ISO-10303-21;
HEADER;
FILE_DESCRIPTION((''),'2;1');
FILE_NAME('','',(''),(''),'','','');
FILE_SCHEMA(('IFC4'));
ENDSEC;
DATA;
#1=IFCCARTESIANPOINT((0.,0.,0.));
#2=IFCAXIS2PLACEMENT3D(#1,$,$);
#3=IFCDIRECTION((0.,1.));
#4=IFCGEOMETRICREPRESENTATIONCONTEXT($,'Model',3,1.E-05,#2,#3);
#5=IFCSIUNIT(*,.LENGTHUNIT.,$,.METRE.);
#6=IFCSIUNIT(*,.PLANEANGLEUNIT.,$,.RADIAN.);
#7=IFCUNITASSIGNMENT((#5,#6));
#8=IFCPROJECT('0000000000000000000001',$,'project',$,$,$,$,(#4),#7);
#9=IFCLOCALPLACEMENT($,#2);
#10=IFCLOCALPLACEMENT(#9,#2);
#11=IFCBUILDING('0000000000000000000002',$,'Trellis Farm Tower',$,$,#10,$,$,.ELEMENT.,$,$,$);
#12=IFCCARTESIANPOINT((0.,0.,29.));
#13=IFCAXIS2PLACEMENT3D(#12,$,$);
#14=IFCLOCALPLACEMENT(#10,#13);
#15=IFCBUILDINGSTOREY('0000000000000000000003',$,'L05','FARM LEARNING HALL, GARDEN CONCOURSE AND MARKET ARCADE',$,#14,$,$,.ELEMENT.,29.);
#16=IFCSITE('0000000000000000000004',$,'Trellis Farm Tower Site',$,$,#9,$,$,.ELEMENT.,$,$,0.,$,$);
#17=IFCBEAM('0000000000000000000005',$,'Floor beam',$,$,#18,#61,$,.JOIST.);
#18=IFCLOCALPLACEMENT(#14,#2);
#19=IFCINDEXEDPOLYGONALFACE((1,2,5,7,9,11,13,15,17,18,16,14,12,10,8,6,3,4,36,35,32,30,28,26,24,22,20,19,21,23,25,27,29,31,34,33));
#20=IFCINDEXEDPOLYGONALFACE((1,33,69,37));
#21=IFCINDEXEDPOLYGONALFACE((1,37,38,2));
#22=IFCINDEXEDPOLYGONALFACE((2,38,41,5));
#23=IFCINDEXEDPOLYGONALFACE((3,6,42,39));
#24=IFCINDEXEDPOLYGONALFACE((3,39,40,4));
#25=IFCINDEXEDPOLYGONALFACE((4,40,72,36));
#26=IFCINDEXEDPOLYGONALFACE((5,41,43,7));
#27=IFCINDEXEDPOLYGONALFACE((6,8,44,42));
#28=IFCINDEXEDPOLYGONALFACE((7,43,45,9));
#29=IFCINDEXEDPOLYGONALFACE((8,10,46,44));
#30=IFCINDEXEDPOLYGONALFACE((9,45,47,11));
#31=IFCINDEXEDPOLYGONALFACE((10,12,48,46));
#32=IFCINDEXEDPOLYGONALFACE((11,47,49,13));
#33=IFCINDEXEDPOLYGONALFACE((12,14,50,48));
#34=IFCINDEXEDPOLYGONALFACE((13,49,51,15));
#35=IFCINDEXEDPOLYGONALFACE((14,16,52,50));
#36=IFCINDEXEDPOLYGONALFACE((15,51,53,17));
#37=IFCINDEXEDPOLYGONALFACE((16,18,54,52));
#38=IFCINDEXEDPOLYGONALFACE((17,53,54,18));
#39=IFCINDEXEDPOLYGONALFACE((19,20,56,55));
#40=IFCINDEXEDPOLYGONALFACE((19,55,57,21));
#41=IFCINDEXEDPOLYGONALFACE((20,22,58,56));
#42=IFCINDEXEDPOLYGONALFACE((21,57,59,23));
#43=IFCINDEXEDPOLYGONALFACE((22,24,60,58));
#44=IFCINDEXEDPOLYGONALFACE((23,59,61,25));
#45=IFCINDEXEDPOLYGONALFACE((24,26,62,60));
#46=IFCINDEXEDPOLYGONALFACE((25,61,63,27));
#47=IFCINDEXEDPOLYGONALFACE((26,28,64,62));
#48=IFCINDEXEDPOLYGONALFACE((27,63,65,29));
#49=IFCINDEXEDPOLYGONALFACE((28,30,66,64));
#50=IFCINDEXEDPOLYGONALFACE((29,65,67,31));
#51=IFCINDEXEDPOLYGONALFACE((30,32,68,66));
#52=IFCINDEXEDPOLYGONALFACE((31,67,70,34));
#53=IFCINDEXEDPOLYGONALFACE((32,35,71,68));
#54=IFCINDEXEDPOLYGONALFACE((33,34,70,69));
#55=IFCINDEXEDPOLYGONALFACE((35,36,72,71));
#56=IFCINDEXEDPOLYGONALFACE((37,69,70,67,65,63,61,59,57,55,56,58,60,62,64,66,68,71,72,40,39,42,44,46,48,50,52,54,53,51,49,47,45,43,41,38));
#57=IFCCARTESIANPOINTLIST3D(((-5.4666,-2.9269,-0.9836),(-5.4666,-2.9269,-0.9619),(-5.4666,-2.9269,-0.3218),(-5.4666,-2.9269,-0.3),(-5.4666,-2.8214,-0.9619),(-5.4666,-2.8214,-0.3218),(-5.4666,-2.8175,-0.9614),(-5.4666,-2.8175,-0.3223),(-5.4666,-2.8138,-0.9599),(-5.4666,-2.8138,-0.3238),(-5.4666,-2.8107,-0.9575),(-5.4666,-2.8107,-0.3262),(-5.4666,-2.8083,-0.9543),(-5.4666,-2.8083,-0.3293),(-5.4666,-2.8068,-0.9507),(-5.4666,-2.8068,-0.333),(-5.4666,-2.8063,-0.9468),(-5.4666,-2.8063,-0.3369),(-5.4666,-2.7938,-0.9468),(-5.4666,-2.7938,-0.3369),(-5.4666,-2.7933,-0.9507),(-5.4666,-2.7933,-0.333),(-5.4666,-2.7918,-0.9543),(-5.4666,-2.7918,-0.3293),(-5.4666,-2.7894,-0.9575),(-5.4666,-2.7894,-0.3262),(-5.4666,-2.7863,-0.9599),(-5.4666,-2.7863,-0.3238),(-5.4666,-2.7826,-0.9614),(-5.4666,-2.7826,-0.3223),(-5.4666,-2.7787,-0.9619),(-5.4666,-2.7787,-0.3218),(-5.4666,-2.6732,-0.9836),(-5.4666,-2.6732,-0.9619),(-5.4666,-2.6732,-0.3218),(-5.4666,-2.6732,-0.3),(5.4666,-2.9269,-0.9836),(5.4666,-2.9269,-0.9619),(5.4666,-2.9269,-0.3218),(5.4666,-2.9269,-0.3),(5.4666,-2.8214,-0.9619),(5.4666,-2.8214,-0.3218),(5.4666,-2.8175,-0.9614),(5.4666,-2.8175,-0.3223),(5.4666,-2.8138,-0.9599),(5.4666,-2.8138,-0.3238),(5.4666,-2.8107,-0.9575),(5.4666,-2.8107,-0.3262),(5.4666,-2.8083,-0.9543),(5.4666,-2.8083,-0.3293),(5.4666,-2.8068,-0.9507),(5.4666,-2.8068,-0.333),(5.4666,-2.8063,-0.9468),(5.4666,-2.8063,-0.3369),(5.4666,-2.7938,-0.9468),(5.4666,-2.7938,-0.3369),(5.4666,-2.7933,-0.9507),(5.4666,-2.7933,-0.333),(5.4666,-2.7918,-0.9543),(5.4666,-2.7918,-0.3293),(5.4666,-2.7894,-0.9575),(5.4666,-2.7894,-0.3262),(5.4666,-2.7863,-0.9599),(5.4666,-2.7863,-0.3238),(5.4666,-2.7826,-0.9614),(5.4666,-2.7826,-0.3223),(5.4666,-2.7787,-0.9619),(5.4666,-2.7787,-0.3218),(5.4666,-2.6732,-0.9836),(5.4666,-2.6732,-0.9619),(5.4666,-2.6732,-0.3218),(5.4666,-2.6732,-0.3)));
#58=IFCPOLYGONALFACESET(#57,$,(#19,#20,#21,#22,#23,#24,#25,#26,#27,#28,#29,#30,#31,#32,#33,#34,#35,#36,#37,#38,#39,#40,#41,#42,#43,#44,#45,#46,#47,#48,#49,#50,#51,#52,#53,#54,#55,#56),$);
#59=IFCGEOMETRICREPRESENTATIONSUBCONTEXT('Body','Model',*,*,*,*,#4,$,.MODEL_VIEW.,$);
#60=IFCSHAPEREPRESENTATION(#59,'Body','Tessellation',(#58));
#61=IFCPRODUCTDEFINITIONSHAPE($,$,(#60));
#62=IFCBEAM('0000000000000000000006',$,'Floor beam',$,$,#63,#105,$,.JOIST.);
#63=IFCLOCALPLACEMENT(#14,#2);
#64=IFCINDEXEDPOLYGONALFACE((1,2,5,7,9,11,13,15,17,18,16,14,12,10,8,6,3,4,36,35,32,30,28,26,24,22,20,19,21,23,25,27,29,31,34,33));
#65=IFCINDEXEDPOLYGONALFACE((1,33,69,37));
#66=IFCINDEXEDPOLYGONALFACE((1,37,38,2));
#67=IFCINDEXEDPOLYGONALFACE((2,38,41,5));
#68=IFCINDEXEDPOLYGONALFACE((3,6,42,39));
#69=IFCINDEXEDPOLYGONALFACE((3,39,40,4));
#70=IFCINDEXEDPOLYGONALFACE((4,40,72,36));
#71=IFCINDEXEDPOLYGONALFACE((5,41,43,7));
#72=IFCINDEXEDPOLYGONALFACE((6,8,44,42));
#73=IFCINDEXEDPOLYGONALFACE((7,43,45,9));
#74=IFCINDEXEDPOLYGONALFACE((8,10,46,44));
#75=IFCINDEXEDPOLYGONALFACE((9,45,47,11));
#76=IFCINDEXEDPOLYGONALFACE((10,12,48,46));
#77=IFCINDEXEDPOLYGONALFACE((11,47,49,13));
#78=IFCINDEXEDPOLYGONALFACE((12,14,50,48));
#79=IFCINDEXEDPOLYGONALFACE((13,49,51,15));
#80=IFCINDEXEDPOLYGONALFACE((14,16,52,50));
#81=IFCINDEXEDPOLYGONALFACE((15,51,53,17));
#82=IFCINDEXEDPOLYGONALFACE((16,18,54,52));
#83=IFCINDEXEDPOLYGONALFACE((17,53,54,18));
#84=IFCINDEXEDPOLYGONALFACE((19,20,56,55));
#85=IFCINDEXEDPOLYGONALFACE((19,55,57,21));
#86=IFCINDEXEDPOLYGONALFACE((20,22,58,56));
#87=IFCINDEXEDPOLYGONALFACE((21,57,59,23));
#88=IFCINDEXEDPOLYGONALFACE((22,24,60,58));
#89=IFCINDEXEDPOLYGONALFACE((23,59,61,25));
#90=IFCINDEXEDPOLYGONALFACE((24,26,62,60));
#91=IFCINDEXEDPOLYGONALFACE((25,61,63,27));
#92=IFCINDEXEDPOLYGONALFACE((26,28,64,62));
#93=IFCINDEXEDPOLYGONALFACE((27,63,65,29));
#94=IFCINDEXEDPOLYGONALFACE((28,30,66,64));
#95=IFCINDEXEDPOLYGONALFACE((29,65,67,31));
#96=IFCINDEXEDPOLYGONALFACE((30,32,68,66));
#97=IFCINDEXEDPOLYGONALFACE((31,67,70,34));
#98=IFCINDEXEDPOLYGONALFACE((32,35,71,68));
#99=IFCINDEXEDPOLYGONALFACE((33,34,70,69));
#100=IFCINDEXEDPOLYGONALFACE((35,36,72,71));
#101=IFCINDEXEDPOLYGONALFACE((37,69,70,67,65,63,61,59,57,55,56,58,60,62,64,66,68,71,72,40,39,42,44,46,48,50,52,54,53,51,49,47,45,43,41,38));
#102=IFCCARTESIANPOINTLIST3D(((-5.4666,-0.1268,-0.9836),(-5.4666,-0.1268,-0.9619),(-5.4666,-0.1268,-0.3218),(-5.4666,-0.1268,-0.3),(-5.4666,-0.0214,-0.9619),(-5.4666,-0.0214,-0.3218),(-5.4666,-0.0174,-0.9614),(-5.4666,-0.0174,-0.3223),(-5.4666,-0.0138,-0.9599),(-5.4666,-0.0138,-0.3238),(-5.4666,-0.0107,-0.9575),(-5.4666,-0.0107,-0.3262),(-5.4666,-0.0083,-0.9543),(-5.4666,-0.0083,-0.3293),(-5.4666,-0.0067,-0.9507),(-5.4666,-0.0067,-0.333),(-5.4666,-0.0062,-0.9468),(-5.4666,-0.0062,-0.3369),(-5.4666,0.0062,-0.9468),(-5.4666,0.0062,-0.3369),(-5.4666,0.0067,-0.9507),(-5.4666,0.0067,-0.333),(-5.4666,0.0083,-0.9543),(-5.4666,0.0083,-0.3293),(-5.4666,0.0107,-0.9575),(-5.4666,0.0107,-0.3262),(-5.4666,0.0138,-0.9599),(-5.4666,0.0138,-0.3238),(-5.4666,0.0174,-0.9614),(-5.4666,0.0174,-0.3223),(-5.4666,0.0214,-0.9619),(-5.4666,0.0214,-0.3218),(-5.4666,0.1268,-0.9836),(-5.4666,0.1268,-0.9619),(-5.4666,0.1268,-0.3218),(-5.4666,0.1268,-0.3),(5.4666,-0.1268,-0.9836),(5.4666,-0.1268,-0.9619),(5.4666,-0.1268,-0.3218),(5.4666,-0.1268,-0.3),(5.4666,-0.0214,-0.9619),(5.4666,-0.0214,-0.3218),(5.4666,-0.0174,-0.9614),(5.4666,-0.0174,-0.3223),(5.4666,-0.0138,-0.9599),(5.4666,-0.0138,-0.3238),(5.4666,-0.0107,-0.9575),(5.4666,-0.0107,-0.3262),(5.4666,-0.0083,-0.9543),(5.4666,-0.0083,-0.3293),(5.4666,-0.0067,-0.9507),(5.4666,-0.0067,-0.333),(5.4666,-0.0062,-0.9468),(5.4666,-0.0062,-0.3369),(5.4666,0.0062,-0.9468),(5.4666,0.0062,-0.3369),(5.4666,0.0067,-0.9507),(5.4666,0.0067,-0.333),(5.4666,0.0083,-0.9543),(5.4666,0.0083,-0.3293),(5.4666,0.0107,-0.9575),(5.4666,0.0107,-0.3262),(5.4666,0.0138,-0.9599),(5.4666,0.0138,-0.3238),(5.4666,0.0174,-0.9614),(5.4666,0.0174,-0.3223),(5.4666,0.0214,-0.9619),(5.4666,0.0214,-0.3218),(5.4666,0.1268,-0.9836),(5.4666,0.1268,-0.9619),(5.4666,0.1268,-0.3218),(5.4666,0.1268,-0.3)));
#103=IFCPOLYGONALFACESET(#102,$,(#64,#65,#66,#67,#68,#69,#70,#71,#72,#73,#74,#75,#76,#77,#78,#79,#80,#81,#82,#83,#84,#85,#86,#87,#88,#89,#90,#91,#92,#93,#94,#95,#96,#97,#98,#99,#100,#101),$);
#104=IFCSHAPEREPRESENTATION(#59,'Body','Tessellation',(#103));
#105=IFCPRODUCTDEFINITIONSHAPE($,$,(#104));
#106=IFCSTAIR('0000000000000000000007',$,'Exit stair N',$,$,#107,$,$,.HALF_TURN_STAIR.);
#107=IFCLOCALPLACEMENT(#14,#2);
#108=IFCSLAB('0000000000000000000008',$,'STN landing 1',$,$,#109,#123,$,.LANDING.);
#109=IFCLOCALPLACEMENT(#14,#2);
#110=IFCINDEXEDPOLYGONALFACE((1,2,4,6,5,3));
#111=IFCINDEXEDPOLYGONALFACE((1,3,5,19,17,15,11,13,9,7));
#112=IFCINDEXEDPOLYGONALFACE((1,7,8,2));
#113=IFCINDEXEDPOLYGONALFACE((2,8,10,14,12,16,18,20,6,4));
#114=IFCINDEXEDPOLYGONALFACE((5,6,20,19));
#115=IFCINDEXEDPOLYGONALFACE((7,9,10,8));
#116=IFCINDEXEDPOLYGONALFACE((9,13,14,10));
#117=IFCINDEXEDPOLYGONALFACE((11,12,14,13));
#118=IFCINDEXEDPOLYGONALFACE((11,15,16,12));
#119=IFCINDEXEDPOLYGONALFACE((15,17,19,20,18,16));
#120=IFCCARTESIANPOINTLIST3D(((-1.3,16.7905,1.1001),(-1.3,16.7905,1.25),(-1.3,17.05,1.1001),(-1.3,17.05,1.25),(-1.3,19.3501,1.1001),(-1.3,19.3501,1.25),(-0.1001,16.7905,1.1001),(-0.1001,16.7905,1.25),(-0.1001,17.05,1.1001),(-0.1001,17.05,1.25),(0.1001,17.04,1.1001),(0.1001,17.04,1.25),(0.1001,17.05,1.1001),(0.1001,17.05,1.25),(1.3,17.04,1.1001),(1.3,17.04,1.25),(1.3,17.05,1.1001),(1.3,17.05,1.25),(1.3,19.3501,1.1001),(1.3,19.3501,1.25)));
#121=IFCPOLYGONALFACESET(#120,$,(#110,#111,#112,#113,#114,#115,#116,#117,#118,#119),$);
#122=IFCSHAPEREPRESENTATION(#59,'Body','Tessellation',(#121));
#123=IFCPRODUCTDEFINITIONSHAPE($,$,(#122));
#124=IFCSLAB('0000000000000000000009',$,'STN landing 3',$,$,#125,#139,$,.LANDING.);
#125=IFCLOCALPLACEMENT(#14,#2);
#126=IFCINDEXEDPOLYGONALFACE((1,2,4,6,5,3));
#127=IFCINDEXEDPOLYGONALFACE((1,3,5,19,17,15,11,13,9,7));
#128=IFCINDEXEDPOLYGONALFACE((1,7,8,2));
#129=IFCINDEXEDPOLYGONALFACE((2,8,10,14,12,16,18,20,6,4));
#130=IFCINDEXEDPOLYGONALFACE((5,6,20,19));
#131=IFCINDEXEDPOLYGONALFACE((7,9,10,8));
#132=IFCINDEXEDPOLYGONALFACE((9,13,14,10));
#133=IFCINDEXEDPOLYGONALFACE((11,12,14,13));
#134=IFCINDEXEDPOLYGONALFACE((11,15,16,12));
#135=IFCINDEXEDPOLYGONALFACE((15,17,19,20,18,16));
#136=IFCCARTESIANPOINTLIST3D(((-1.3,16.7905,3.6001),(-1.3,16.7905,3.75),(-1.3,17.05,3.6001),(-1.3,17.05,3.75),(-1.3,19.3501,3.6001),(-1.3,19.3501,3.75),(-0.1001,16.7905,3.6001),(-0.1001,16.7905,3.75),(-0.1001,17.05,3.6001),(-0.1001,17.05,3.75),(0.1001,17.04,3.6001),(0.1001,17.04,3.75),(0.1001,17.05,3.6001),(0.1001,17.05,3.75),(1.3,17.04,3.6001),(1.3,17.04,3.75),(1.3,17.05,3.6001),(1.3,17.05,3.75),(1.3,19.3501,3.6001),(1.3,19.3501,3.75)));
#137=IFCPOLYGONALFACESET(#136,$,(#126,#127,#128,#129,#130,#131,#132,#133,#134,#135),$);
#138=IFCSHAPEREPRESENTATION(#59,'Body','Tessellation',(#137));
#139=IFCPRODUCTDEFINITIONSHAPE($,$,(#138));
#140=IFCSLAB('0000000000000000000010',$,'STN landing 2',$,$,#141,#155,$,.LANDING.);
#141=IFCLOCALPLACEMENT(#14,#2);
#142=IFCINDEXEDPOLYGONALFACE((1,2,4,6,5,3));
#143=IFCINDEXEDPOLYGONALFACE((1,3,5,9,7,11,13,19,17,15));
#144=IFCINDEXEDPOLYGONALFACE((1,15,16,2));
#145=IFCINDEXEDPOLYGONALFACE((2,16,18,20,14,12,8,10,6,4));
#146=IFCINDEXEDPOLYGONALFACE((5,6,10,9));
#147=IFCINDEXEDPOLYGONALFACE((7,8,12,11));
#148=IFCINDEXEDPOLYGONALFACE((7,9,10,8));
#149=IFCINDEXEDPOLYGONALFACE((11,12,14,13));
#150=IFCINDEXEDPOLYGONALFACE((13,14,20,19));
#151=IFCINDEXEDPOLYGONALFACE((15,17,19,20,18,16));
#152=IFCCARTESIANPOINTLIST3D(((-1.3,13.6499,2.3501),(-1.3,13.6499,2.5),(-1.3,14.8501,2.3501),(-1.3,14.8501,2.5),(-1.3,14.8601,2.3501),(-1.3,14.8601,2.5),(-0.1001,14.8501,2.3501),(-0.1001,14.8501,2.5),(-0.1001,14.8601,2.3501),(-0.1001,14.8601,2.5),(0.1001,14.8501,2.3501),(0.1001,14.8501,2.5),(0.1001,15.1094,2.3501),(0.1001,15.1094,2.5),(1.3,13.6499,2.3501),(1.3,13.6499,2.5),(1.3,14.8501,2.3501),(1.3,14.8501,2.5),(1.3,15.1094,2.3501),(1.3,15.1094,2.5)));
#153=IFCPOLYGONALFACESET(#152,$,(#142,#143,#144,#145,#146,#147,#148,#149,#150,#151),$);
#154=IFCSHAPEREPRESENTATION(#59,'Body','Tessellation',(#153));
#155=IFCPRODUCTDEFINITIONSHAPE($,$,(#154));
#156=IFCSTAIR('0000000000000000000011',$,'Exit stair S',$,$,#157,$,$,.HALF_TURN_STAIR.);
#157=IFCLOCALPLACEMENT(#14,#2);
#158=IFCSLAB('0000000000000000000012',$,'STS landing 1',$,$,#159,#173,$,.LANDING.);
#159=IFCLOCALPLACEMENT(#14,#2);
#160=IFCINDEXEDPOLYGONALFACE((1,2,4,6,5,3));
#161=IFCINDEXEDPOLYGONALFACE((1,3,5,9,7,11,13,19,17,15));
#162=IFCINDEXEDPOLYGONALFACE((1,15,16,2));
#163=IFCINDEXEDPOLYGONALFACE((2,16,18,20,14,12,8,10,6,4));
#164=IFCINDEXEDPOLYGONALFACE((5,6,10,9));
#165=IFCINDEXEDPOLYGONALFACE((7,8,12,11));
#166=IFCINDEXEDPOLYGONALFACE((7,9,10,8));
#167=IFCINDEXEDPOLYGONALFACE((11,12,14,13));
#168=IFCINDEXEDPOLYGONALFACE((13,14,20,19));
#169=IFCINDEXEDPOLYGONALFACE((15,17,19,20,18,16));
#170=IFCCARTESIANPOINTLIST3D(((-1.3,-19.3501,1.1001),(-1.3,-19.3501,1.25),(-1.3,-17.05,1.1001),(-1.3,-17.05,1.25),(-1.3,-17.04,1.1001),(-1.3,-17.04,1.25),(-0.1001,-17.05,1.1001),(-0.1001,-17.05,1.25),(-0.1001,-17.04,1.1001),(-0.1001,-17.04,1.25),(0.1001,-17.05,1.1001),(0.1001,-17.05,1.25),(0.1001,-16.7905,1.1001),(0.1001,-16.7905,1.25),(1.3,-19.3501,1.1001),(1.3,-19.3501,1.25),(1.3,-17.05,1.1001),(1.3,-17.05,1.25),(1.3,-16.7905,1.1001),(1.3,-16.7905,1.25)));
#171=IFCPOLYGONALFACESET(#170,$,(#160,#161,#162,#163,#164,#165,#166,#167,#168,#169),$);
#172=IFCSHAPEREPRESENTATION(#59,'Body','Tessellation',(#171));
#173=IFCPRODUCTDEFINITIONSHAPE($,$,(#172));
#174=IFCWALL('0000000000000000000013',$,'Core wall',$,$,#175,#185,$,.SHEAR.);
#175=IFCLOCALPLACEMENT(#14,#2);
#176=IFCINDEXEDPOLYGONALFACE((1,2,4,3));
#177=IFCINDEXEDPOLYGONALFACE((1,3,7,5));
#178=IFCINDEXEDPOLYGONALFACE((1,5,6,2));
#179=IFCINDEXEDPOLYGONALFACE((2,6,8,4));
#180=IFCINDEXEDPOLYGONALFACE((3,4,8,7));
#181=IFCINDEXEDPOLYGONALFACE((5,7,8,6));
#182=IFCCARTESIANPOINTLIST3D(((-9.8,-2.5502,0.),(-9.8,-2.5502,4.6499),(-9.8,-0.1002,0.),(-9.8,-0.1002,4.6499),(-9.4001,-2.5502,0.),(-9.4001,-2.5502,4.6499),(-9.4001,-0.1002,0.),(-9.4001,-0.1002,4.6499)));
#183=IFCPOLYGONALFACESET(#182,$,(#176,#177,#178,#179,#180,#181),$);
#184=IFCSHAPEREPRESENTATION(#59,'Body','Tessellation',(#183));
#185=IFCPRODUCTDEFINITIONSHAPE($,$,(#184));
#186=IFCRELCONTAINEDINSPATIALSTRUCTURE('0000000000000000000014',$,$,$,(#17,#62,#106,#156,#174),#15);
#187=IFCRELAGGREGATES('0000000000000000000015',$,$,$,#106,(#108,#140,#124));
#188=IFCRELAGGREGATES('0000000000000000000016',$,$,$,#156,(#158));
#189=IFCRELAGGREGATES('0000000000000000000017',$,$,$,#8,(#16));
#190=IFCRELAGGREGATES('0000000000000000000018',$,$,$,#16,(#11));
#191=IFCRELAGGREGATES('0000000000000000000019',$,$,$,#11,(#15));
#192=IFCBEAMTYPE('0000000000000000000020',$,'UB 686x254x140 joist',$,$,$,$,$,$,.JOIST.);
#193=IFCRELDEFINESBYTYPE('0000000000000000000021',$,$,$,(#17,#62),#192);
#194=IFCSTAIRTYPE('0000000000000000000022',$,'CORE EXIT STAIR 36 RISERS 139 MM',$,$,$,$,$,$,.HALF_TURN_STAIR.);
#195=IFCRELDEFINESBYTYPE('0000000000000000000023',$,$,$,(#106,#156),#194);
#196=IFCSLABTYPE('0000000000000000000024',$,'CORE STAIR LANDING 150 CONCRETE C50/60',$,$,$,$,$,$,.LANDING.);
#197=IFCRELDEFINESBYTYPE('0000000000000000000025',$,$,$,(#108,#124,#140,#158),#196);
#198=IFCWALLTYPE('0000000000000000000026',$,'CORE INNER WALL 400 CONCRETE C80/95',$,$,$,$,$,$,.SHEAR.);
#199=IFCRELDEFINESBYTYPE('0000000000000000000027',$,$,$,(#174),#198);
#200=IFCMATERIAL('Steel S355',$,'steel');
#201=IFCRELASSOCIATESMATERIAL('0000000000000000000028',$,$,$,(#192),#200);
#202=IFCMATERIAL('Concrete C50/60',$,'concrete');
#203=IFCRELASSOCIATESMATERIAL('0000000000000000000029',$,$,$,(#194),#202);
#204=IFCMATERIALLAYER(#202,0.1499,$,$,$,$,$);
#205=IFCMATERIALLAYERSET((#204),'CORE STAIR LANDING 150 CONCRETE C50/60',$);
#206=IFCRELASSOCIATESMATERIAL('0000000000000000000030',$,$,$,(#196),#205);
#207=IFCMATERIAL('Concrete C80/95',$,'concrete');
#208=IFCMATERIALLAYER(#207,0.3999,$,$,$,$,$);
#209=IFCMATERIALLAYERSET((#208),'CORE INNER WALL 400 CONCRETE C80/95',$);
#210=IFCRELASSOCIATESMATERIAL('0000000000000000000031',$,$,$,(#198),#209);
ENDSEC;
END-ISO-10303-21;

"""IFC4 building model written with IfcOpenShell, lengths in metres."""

from ifc_helpers import new_model, si_unit, direction, frame, frame_2d, origin, origin_2d, place, context, subcontext, project, spatial, polyline, rectangle, i_section, outline, extrude, source, transform, mapped, material, layer, layer_set, material_profile, profile_set, type_object, element, aggregate, save


model = new_model("IFC4")

# Units and contexts
model_context = context("Model", 3, precision=1e-05, world=origin(), true_north=direction((0.0, 1.0)))
body_context = subcontext(model_context, "Body", "Model", "MODEL_VIEW")
ifc_project = project(units=[si_unit("LENGTHUNIT", "METRE"), si_unit("PLANEANGLEUNIT", "RADIAN")], contexts=[model_context])

# Site, building, storey
site_placement = place(None, origin())
site = spatial("IfcSite", under=ifc_project, at=site_placement, Name="Trellis Farm Tower Site", CompositionType="ELEMENT", RefElevation=0.0)
building_placement = place(site_placement, origin())
building = spatial("IfcBuilding", under=site, at=building_placement, Name="Trellis Farm Tower", CompositionType="ELEMENT")
storey_placement = place(building_placement, frame((0.0, 0.0, 29.0)))
storey = spatial("IfcBuildingStorey", under=building, at=storey_placement, Name="L05", Description="FARM LEARNING HALL, GARDEN CONCOURSE AND MARKET ARCADE", CompositionType="ELEMENT", Elevation=29.0)

# Beams
ifc_material_1 = material(Name="Steel S355", Category="steel")
ifc_material_profile = material_profile(ifc_material_1, i_section(OverallWidth=0.2537, OverallDepth=0.6836, WebThickness=0.0125, FlangeThickness=0.0217, FilletRadius=0.0151, at=origin_2d()), Name="UB 686x254x140")
ifc_profile_set = profile_set([ifc_material_profile], Name="Steel S355")
beam_type = type_object("IfcBeamType", Name="UB 686x254x140 joist", PredefinedType="JOIST", material=ifc_profile_set)
shared_shape_1 = source(origin(), body_context, "Body", "SweptSolid", [
    extrude(i_section(OverallWidth=0.2537, OverallDepth=0.6836, WebThickness=0.0125, FlangeThickness=0.0217, FilletRadius=0.0151, at=origin_2d()), origin(), (0.0, 0.0, 1.0), 10.9331),
])
for number, where, z_axis, x_axis, name in (
    (1, (-5.4666, -2.8, -0.6418), (1.0, 0.0, 0.0), (0.0, 1.0, 0.0), "Floor beam"),
    (2, (-5.4666, 0.0, -0.6418), (1.0, 0.0, 0.0), (0.0, 1.0, 0.0), "Floor beam"),
):
    element("IfcBeam", number, at=place(storey_placement, frame(where, z_axis=z_axis, x_axis=x_axis)), inside=storey, type_object=beam_type, Name=name, PredefinedType="JOIST", context=body_context, shape_type="MappedRepresentation", body=[
        mapped(shared_shape_1, transform((0.0, 0.0, 0.0))),
    ])

# Stair, slabs
ifc_material_2 = material(Name="Concrete C50/60", Category="concrete")
stair_type = type_object("IfcStairType", Name="CORE EXIT STAIR 36 RISERS 139 MM", PredefinedType="HALF_TURN_STAIR", material=ifc_material_2)
placement_1 = place(storey_placement, origin())
stair_1 = element("IfcStair", 3, at=placement_1, inside=storey, type_object=stair_type, Name="Exit stair N", PredefinedType="HALF_TURN_STAIR")
ifc_layer_1 = layer(ifc_material_2, 0.1499)
ifc_layer_set_1 = layer_set([ifc_layer_1], Name="CORE STAIR LANDING 150 CONCRETE C50/60")
slab_type_1 = type_object("IfcSlabType", Name="CORE STAIR LANDING 150 CONCRETE C50/60", PredefinedType="LANDING", material=ifc_layer_set_1)
shared_shape_2 = source(origin(), body_context, "Body", "SweptSolid", [
    extrude(outline(polyline([(-0.1001, 16.7905), (-1.3, 16.7905), (-1.3, 17.05), (-1.3, 19.3501), (1.3, 19.3501), (1.3, 17.05), (1.3, 17.04), (0.1001, 17.04), (0.1001, 17.05), (-0.1001, 17.05), (-0.1001, 16.7905)])), origin(), (0.0, 0.0, 1.0), 0.1499),
])
placement_2 = place(storey_placement, frame((0.0, 0.0, 1.1001)))
slab_1 = element("IfcSlab", 4, at=placement_2, type_object=slab_type_1, Name="STN landing 1", PredefinedType="LANDING", context=body_context, shape_type="MappedRepresentation", body=[
    mapped(shared_shape_2, transform((0.0, 0.0, 0.0))),
])
slab_2_placement = place(storey_placement, frame((0.0, 0.0, 3.6001)))
slab_2 = element("IfcSlab", 5, at=slab_2_placement, type_object=slab_type_1, Name="STN landing 3", PredefinedType="LANDING", context=body_context, shape_type="MappedRepresentation", body=[
    mapped(shared_shape_2, transform((0.0, 0.0, 0.0))),
])
shared_shape_3 = source(origin(), body_context, "Body", "SweptSolid", [
    extrude(outline(polyline([(1.3, 13.6499), (-1.3, 13.6499), (-1.3, 14.8501), (-1.3, 14.8601), (-0.1001, 14.8601), (-0.1001, 14.8501), (0.1001, 14.8501), (0.1001, 15.1094), (1.3, 15.1094), (1.3, 14.8501), (1.3, 13.6499)])), origin(), (0.0, 0.0, 1.0), 0.1499),
])
slab_3_placement = place(storey_placement, frame((0.0, 0.0, 2.3501)))
slab_3 = element("IfcSlab", 6, at=slab_3_placement, type_object=slab_type_1, Name="STN landing 2", PredefinedType="LANDING", context=body_context, shape_type="MappedRepresentation", body=[
    mapped(shared_shape_3, transform((0.0, 0.0, 0.0))),
])
aggregate(stair_1, [slab_1, slab_3, slab_2])

# Stair, slab
stair_2 = element("IfcStair", 7, at=placement_1, inside=storey, type_object=stair_type, Name="Exit stair S", PredefinedType="HALF_TURN_STAIR")
shared_shape_4 = source(origin(), body_context, "Body", "SweptSolid", [
    extrude(outline(polyline([(1.3, -19.3501), (-1.3, -19.3501), (-1.3, -17.05), (-1.3, -17.04), (-0.1001, -17.04), (-0.1001, -17.05), (0.1001, -17.05), (0.1001, -16.7905), (1.3, -16.7905), (1.3, -17.05), (1.3, -19.3501)])), origin(), (0.0, 0.0, 1.0), 0.1499),
])
slab_4 = element("IfcSlab", 8, at=placement_2, type_object=slab_type_1, Name="STS landing 1", PredefinedType="LANDING", context=body_context, shape_type="MappedRepresentation", body=[
    mapped(shared_shape_4, transform((0.0, 0.0, 0.0))),
])
aggregate(stair_2, [slab_4])

# Wall
ifc_material_3 = material(Name="Concrete C80/95", Category="concrete")
ifc_layer_2 = layer(ifc_material_3, 0.3999)
ifc_layer_set_2 = layer_set([ifc_layer_2], Name="CORE INNER WALL 400 CONCRETE C80/95")
wall_type_1 = type_object("IfcWallType", Name="CORE INNER WALL 400 CONCRETE C80/95", PredefinedType="SHEAR", material=ifc_layer_set_2)
shared_shape_5 = source(origin(), body_context, "Body", "SweptSolid", [
    extrude(rectangle(XDim=2.45, YDim=0.3999, at=frame_2d((1.2251, 0.0))), origin(), (0.0, 0.0, 1.0), 4.6499),
])
for number, where, z_axis, x_axis, name in (
    (9, (-9.6001, -0.1001, 0.0), (0.0, 0.0, 1.0), (0.0, -1.0, 0.0), "Core wall"),
):
    element("IfcWall", number, at=place(storey_placement, frame(where, z_axis=z_axis, x_axis=x_axis)), inside=storey, type_object=wall_type_1, Name=name, PredefinedType="SHEAR", context=body_context, shape_type="MappedRepresentation", body=[
        mapped(shared_shape_5, transform((0.0, 0.0, 0.0))),
    ])

save(model, "model.ifc")
